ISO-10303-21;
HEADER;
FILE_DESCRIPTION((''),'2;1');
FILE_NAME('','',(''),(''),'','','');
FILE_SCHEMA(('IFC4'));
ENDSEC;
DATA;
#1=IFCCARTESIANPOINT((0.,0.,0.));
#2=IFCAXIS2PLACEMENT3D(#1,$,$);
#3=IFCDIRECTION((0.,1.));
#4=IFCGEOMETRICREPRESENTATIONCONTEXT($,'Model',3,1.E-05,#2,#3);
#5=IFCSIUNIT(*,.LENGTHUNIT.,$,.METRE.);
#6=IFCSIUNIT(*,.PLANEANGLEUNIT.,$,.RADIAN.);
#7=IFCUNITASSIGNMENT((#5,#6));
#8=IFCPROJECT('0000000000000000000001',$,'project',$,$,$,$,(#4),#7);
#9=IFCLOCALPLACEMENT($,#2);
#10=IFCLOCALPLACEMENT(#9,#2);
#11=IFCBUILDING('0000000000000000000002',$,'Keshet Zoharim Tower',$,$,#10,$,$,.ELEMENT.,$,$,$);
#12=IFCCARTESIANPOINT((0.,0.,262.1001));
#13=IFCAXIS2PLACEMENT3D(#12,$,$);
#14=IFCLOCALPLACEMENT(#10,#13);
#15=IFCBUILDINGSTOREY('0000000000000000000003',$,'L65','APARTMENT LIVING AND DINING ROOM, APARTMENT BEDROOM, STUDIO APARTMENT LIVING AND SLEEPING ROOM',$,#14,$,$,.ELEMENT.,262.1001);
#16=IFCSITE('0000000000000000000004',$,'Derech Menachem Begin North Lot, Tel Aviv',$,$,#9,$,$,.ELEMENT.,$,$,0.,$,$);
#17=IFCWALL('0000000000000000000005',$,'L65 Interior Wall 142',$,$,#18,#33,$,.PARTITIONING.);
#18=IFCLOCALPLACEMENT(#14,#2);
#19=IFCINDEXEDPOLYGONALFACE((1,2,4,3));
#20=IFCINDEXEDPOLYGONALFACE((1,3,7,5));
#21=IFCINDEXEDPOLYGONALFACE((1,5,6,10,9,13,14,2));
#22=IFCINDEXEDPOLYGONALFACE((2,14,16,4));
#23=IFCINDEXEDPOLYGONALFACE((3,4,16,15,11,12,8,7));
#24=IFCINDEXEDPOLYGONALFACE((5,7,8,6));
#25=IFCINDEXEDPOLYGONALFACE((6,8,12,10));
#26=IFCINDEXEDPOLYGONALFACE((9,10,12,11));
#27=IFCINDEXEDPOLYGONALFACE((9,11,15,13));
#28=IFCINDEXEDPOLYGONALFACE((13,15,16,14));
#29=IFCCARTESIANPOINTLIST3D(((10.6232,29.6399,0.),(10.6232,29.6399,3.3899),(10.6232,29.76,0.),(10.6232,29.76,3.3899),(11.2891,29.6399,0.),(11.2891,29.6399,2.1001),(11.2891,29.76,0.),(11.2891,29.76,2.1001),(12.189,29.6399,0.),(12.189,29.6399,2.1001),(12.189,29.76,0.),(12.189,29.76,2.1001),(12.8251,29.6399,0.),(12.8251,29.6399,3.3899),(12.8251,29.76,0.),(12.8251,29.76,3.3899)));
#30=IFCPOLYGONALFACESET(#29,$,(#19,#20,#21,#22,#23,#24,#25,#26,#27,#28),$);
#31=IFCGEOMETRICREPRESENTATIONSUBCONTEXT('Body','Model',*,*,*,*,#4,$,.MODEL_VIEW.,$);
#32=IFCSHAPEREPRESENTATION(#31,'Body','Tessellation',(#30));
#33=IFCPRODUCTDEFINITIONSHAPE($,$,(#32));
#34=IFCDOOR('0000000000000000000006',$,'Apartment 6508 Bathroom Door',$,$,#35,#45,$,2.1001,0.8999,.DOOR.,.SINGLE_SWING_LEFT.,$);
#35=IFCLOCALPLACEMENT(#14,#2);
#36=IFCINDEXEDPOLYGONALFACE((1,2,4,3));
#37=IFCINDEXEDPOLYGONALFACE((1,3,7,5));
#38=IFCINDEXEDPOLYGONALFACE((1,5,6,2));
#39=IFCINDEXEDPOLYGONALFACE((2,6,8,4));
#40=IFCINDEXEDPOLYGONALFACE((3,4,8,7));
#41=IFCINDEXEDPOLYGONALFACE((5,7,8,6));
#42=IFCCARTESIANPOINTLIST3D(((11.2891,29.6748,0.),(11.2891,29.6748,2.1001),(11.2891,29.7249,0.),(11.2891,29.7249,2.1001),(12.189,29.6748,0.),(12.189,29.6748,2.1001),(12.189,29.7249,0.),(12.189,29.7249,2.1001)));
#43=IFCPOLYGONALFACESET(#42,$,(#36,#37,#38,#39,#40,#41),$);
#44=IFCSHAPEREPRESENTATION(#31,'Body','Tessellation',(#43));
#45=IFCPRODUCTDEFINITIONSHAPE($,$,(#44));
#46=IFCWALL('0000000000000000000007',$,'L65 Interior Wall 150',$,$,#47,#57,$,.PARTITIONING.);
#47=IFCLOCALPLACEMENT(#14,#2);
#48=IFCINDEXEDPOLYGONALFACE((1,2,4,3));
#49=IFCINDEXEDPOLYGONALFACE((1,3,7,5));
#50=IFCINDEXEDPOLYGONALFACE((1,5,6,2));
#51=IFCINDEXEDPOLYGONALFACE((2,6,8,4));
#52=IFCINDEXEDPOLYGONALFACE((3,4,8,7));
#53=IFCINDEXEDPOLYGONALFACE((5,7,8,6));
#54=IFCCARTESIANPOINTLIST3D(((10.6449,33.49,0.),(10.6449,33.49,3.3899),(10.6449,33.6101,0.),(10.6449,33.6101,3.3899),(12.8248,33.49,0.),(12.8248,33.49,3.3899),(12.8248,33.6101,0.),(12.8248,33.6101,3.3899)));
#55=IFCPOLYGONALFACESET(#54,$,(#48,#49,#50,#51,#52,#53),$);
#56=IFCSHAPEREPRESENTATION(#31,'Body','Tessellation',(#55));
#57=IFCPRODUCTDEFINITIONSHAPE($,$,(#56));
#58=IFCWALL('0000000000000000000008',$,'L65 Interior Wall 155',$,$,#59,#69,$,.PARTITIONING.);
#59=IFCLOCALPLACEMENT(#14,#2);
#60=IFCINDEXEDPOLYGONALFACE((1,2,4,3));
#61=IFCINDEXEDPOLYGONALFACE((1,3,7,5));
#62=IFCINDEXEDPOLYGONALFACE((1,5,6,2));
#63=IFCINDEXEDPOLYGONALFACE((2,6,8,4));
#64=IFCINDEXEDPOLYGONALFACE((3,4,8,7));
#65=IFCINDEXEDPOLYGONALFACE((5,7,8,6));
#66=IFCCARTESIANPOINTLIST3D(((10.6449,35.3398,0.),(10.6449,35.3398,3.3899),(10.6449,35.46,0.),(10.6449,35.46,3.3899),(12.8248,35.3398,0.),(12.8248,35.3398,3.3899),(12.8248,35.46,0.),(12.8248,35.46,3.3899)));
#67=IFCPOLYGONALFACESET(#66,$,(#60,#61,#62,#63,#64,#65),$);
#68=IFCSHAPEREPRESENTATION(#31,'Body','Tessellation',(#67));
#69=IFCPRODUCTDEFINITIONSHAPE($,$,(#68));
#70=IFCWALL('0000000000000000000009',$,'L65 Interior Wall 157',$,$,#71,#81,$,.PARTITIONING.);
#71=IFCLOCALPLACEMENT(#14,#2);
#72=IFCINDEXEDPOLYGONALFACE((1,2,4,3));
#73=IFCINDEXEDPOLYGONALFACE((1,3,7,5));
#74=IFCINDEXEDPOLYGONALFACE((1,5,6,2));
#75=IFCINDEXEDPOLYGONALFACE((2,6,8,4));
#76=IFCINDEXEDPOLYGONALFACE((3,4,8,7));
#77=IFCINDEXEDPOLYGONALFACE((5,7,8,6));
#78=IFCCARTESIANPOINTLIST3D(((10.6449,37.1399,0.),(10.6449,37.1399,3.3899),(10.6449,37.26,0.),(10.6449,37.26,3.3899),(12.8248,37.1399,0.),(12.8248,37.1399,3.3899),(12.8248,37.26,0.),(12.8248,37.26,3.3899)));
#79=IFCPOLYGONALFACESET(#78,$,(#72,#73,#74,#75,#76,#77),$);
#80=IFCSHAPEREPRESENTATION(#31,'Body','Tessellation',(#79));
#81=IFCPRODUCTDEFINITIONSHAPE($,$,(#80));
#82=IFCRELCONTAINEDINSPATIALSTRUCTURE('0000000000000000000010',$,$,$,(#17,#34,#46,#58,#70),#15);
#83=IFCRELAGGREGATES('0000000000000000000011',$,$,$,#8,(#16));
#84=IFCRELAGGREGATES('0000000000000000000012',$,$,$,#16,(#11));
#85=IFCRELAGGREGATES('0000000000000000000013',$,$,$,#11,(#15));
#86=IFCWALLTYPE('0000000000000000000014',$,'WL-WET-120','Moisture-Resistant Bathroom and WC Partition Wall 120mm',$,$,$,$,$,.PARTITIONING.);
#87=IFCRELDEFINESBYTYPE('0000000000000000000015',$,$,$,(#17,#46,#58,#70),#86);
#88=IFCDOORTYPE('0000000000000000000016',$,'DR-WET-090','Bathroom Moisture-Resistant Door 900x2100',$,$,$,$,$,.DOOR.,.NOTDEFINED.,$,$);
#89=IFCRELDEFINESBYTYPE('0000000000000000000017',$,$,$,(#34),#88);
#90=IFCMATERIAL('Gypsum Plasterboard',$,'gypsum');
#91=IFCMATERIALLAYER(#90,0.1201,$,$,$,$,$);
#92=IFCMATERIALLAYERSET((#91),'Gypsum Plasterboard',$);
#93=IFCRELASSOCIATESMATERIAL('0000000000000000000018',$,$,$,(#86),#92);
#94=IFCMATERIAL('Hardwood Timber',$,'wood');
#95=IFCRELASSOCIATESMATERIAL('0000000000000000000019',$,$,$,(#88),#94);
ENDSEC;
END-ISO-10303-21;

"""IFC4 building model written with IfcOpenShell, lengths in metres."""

from ifc_helpers import new_model, si_unit, direction, frame, frame_2d, origin, place, context, subcontext, project, spatial, rectangle, extrude, material, layer, layer_set, type_object, element, fill, save


model = new_model("IFC4")

# Units and contexts
model_context = context("Model", 3, precision=1e-05, world=origin(), true_north=direction((0.0, 1.0)))
body_context = subcontext(model_context, "Body", "Model", "MODEL_VIEW")
ifc_project = project(units=[si_unit("LENGTHUNIT", "METRE"), si_unit("PLANEANGLEUNIT", "RADIAN")], contexts=[model_context])

# Site, building, storey
site_placement = place(None, origin())
site = spatial("IfcSite", under=ifc_project, at=site_placement, Name="Derech Menachem Begin North Lot, Tel Aviv", CompositionType="ELEMENT", RefElevation=0.0)
building_placement = place(site_placement, origin())
building = spatial("IfcBuilding", under=site, at=building_placement, Name="Keshet Zoharim Tower", CompositionType="ELEMENT")
storey_placement = place(building_placement, frame((0.0, 0.0, 262.1001)))
storey = spatial("IfcBuildingStorey", under=building, at=storey_placement, Name="L65", Description="APARTMENT LIVING AND DINING ROOM, APARTMENT BEDROOM, STUDIO APARTMENT LIVING AND SLEEPING ROOM", CompositionType="ELEMENT", Elevation=262.1001)

# Shared definitions
ifc_material_1 = material(Name="Hardwood Timber", Category="wood")

# Shared definitions
ifc_material_2 = material(Name="Gypsum Plasterboard", Category="gypsum")

# Shared definitions
ifc_layer_1 = layer(ifc_material_2, 0.1201)
ifc_layer_set_1 = layer_set([ifc_layer_1], Name="Gypsum Plasterboard")
wall_type_1 = type_object("IfcWallType", Name="WL-WET-120", Description="Moisture-Resistant Bathroom and WC Partition Wall 120mm", PredefinedType="PARTITIONING", material=ifc_layer_set_1)

# Wall, opening, door
door_type_1 = type_object("IfcDoorType", Name="DR-WET-090", Description="Bathroom Moisture-Resistant Door 900x2100", OperationType="NOTDEFINED", PredefinedType="DOOR", material=ifc_material_1)
wall_1_placement = place(storey_placement, frame((10.623, 29.7, 0.0), z_axis=(0.0, 0.0, 1.0), x_axis=(1.0, 0.0, 0.0)))
wall_1 = element("IfcWall", 1, at=wall_1_placement, inside=storey, type_object=wall_type_1, Name="L65 Interior Wall 142", PredefinedType="PARTITIONING", context=body_context, shape_type="SweptSolid", body=[
    extrude(rectangle(XDim=2.2019, YDim=0.1201, at=frame_2d((1.1011, 0.0))), origin(), (0.0, 0.0, 1.0), 3.3899),
])
opening_1_placement = place(wall_1_placement, frame((0.666, 0.0, 0.0)))
opening_1 = element("IfcOpeningElement", 2, at=opening_1_placement, cuts=wall_1, PredefinedType="OPENING", context=body_context, shape_type="SweptSolid", body=[
    extrude(rectangle(XDim=0.8999, YDim=2.1001, at=frame_2d((0.45, 1.05))), frame((0.0, 0.0701, 0.0), z_axis=(0.0, -1.0, 0.0), x_axis=(1.0, 0.0, 0.0)), (0.0, 0.0, 1.0), 0.1401),
])
door_1_placement = place(opening_1_placement, origin())
door_1 = element("IfcDoor", 3, at=door_1_placement, inside=storey, type_object=door_type_1, Name="Apartment 6508 Bathroom Door", OperationType="SINGLE_SWING_LEFT", OverallHeight=2.1001, OverallWidth=0.8999, PredefinedType="DOOR", context=body_context, shape_type="SweptSolid", body=[
    extrude(rectangle(XDim=0.8999, YDim=2.1001, at=frame_2d((0.45, 1.05))), frame((0.0, 0.0249, 0.0), z_axis=(0.0, -1.0, 0.0), x_axis=(1.0, 0.0, 0.0)), (0.0, 0.0, 1.0), 0.05),
])
fill(opening_1, door_1)

# Walls
for number, where, z_axis, x_axis, name in (
    (4, (10.645, 33.55, 0.0), (0.0, 0.0, 1.0), (1.0, 0.0, 0.0), "L65 Interior Wall 150"),
    (5, (10.645, 35.3999, 0.0), (0.0, 0.0, 1.0), (1.0, 0.0, 0.0), "L65 Interior Wall 155"),
    (6, (10.645, 37.2, 0.0), (0.0, 0.0, 1.0), (1.0, 0.0, 0.0), "L65 Interior Wall 157"),
):
    element("IfcWall", number, at=place(storey_placement, frame(where, z_axis=z_axis, x_axis=x_axis)), inside=storey, type_object=wall_type_1, Name=name, PredefinedType="PARTITIONING", context=body_context, shape_type="SweptSolid", body=[
        extrude(rectangle(XDim=2.1799, YDim=0.1201, at=frame_2d((1.0898, 0.0))), origin(), (0.0, 0.0, 1.0), 3.3899),
    ])

save(model, "model.ifc")
